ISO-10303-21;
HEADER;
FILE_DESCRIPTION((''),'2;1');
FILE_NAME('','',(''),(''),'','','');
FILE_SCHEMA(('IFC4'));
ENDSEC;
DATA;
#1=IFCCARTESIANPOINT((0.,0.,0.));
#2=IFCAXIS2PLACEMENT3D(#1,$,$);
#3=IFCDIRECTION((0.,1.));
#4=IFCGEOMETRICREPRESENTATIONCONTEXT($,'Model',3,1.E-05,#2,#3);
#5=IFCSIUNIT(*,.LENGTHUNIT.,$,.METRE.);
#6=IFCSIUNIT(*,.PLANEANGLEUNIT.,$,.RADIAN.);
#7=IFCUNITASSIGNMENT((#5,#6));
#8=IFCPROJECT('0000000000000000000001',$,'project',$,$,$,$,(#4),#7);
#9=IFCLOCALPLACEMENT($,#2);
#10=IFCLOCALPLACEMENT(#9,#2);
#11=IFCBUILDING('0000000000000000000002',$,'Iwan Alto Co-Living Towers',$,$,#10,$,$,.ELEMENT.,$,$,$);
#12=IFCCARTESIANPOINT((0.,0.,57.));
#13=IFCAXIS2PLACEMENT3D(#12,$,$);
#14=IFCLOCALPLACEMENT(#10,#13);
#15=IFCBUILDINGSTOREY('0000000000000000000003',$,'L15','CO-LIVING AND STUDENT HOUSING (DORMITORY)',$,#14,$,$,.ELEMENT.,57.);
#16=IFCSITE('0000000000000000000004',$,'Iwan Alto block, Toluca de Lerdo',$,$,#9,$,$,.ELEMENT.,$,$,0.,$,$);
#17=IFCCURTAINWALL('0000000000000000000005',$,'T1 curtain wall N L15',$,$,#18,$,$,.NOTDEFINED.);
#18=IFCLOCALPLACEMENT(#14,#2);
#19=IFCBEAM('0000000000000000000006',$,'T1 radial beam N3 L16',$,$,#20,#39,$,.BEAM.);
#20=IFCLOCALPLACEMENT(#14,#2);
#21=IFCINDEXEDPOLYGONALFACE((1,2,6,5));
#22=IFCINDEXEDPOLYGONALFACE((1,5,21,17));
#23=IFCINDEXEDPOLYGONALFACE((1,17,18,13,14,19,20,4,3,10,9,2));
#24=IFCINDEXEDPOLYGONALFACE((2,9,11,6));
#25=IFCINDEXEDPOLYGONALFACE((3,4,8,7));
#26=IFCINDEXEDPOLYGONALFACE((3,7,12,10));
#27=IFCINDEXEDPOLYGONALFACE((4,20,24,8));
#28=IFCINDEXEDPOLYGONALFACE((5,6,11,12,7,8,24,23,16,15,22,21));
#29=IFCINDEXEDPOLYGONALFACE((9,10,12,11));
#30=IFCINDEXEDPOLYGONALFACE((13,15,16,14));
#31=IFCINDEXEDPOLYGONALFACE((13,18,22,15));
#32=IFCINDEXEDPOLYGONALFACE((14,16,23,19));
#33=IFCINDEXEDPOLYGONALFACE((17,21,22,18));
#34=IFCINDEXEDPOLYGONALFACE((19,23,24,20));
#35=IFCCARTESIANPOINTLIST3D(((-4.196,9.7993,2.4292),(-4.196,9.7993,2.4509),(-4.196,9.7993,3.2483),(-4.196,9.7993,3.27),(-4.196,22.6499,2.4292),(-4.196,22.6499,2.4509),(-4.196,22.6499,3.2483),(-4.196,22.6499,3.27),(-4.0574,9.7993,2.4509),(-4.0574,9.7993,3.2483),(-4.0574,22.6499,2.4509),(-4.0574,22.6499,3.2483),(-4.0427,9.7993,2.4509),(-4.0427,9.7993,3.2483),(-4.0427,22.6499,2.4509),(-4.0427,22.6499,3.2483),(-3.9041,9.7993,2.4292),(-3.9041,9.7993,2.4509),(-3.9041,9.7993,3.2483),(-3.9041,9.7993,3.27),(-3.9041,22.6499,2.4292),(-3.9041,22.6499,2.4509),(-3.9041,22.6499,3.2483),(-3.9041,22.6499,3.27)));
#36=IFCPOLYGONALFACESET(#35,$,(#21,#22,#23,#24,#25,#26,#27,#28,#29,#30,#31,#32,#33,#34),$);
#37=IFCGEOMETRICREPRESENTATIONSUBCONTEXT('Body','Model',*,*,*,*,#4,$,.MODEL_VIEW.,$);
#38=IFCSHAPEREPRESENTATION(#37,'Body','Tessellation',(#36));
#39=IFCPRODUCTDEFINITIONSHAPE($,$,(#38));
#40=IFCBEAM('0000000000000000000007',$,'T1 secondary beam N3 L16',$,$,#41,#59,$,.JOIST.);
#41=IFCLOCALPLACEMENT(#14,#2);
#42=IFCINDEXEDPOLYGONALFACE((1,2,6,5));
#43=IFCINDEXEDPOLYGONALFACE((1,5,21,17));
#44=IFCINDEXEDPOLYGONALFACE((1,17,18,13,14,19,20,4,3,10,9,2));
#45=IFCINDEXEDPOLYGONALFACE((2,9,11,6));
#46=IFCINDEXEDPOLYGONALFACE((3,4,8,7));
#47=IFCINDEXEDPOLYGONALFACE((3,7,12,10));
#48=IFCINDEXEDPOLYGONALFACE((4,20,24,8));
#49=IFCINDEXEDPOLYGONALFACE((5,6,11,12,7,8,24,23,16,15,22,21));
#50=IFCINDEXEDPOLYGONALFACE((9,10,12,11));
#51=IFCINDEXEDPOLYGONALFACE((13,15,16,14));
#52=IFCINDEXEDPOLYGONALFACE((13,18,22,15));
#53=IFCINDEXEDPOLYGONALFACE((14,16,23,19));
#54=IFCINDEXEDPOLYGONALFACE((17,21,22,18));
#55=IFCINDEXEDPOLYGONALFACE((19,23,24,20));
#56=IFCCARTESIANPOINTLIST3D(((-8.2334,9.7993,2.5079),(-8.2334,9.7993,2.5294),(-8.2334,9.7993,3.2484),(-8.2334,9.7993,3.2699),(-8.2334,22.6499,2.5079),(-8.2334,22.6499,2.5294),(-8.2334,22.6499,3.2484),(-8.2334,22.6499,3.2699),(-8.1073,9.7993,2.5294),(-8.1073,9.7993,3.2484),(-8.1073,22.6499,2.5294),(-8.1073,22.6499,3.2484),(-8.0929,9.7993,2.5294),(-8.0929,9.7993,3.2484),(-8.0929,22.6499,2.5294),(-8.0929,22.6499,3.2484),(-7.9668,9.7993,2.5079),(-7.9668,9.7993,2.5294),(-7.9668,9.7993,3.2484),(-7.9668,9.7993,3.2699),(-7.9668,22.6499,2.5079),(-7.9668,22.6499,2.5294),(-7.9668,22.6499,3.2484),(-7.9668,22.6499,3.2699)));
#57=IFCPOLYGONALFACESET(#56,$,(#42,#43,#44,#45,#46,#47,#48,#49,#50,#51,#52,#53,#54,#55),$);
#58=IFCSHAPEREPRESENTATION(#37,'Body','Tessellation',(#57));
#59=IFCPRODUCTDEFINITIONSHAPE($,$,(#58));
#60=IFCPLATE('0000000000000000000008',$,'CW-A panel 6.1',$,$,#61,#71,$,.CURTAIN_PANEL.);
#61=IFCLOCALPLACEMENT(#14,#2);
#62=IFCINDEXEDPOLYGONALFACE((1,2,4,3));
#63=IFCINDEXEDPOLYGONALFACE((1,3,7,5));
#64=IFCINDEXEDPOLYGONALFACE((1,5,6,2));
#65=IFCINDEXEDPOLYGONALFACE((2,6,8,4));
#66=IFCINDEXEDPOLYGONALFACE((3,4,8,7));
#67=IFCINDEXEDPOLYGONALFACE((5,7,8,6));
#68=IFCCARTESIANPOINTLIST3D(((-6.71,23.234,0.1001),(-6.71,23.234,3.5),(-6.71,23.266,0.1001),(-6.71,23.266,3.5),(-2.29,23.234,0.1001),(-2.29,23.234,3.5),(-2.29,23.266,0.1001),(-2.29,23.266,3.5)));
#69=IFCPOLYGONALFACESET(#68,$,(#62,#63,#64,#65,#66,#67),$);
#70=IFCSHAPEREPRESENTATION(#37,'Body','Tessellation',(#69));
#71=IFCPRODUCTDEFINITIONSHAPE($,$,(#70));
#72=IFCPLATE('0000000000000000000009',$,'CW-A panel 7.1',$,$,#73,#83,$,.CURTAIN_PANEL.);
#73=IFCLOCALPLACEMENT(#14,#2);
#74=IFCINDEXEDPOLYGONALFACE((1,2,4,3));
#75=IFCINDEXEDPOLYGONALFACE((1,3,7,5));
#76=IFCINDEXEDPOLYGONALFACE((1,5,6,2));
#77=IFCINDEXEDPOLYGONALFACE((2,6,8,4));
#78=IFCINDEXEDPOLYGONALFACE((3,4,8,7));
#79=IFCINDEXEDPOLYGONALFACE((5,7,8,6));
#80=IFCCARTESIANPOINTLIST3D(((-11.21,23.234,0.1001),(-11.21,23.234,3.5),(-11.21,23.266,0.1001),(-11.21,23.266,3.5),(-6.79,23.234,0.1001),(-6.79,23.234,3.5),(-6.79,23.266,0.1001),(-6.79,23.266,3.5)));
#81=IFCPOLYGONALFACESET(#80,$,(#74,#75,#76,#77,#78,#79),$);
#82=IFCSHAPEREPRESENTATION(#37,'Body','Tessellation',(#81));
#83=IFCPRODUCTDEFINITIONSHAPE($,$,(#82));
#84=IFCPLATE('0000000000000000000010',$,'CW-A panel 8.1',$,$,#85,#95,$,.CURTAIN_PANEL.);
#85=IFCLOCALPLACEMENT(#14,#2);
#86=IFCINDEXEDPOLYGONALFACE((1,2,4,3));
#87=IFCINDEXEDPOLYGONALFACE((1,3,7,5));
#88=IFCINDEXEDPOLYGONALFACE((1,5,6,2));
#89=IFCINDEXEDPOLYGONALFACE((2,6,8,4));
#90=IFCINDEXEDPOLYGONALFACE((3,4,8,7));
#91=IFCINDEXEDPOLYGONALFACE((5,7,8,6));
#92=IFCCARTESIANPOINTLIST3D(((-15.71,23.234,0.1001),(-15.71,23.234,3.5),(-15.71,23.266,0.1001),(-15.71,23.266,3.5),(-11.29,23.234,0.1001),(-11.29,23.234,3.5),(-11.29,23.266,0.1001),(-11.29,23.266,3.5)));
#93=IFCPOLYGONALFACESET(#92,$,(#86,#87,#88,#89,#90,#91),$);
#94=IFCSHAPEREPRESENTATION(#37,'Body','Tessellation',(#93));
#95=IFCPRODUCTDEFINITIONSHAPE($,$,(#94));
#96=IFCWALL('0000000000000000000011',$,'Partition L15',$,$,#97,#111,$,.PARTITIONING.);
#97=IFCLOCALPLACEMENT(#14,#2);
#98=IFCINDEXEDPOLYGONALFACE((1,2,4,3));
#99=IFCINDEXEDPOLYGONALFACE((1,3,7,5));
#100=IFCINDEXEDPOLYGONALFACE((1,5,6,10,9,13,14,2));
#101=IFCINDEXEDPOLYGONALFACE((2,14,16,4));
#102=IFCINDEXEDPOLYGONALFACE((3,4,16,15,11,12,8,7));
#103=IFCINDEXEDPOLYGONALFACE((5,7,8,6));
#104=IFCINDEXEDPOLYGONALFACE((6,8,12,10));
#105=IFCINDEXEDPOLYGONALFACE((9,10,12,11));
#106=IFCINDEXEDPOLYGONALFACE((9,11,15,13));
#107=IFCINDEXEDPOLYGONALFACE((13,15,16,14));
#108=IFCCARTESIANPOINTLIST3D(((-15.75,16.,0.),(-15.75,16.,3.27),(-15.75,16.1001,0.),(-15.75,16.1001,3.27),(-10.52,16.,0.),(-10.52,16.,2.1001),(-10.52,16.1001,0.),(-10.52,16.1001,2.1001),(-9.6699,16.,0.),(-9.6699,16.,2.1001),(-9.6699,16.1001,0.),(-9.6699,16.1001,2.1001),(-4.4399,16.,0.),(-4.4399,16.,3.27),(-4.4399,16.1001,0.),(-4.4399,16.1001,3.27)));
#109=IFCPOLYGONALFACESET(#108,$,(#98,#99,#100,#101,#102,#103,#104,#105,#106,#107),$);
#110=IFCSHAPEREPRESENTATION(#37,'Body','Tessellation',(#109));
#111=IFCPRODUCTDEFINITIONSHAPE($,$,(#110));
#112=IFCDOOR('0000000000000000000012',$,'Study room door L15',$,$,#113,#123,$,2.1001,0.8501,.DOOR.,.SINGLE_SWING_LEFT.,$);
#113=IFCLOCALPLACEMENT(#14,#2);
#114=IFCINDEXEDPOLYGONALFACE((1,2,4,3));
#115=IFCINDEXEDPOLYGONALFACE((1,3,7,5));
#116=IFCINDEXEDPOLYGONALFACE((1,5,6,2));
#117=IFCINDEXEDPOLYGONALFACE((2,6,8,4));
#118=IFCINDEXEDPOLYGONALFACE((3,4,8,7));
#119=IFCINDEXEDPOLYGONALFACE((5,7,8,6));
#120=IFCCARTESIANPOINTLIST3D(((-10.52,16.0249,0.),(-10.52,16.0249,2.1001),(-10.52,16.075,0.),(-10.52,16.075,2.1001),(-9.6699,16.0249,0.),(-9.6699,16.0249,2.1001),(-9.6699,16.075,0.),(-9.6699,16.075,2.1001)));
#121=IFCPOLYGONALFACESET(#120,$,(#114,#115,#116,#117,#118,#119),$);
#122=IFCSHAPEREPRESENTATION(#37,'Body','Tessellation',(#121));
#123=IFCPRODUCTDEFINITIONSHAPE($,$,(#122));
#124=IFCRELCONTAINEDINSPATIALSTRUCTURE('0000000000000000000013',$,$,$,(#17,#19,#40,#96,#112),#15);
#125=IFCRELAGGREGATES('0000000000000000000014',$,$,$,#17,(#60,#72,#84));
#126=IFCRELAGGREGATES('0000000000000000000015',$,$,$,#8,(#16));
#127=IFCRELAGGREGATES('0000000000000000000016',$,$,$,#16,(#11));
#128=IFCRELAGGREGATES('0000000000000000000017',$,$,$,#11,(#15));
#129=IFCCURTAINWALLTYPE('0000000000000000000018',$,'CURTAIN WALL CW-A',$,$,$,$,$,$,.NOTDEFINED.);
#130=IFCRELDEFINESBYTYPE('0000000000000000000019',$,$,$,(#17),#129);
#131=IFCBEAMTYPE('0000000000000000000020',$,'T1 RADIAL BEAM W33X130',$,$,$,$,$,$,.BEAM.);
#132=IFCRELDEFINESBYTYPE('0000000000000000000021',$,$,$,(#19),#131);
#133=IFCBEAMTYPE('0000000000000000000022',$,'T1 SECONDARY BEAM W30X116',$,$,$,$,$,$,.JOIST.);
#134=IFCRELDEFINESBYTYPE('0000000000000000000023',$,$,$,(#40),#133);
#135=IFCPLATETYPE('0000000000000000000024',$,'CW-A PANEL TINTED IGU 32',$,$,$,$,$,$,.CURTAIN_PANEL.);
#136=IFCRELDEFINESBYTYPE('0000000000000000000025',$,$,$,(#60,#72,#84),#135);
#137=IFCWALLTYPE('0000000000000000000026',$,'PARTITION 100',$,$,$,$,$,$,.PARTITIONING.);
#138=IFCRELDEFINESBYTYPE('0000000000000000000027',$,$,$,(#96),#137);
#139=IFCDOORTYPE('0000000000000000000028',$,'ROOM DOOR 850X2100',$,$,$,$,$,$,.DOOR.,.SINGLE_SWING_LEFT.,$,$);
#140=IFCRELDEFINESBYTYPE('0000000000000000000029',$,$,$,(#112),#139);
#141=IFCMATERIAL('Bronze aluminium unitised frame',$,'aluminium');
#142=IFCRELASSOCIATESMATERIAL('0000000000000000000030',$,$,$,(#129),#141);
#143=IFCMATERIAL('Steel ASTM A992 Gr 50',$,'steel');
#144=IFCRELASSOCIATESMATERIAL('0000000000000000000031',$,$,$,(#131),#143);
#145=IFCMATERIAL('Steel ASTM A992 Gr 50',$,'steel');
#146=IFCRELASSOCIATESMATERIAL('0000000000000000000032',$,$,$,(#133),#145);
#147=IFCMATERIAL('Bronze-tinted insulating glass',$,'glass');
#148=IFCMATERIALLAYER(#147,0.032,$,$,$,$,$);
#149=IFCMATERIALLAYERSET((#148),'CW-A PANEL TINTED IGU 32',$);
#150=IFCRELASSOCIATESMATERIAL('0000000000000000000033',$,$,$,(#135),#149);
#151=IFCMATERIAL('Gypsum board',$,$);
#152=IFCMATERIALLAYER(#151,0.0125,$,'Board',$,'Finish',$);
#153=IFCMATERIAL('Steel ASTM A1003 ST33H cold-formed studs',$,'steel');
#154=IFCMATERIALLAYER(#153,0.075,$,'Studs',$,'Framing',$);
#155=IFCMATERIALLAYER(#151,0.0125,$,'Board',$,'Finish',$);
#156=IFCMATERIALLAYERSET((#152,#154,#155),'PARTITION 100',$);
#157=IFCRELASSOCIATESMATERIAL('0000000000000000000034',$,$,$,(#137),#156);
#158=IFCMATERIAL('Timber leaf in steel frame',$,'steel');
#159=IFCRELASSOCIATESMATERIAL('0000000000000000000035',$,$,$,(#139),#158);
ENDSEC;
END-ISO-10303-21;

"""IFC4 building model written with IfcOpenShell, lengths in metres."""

from ifc_helpers import new_model, si_unit, direction, frame, frame_2d, origin, origin_2d, place, context, subcontext, project, spatial, rectangle, i_section, extrude, material, layer, layer_set, material_profile, profile_set, type_object, element, fill, aggregate, save


model = new_model("IFC4")

# Units and contexts
model_context = context("Model", 3, precision=1e-05, world=origin(), true_north=direction((0.0, 1.0)))
body_context = subcontext(model_context, "Body", "Model", "MODEL_VIEW")
ifc_project = project(units=[si_unit("LENGTHUNIT", "METRE"), si_unit("PLANEANGLEUNIT", "RADIAN")], contexts=[model_context])

# Site, building, storey
site_placement = place(None, origin())
site = spatial("IfcSite", under=ifc_project, at=site_placement, Name="Iwan Alto block, Toluca de Lerdo", CompositionType="ELEMENT", RefElevation=0.0)
building_placement = place(site_placement, origin())
building = spatial("IfcBuilding", under=site, at=building_placement, Name="Iwan Alto Co-Living Towers", CompositionType="ELEMENT")
storey_placement = place(building_placement, frame((0.0, 0.0, 57.0)))
storey = spatial("IfcBuildingStorey", under=building, at=storey_placement, Name="L15", Description="CO-LIVING AND STUDENT HOUSING (DORMITORY)", CompositionType="ELEMENT", Elevation=57.0)

# Curtain wall
ifc_material_1 = material(Name="Bronze aluminium unitised frame", Category="aluminium")
curtain_wall_type = type_object("IfcCurtainWallType", Name="CURTAIN WALL CW-A", PredefinedType="NOTDEFINED", material=ifc_material_1)
curtain_wall_placement = place(storey_placement, origin())
curtain_wall = element("IfcCurtainWall", 1, at=curtain_wall_placement, inside=storey, type_object=curtain_wall_type, Name="T1 curtain wall N L15", PredefinedType="NOTDEFINED")

# Beams
ifc_material_2 = material(Name="Steel ASTM A992 Gr 50", Category="steel")
ifc_material_profile_1 = material_profile(ifc_material_2, i_section(OverallWidth=0.292, OverallDepth=0.8408, WebThickness=0.0146, FlangeThickness=0.0217, at=origin_2d()), Name="W33X130")
ifc_profile_set_1 = profile_set([ifc_material_profile_1], Name="Steel ASTM A992 Gr 50")
beam_type_1 = type_object("IfcBeamType", Name="T1 RADIAL BEAM W33X130", PredefinedType="BEAM", material=ifc_profile_set_1)
beam_1_placement = place(storey_placement, frame((-4.05, 22.6499, 2.8496), z_axis=(0.0, -1.0, 0.0), x_axis=(1.0, 0.0, 0.0)))
element("IfcBeam", 2, at=beam_1_placement, inside=storey, type_object=beam_type_1, Name="T1 radial beam N3 L16", PredefinedType="BEAM", context=body_context, shape_type="SweptSolid", body=[
    extrude(i_section(OverallWidth=0.292, OverallDepth=0.8408, WebThickness=0.0146, FlangeThickness=0.0217, at=origin_2d()), origin(), (0.0, 0.0, 1.0), 12.8506),
])
ifc_material_3 = material(Name="Steel ASTM A992 Gr 50", Category="steel")
ifc_material_profile_2 = material_profile(ifc_material_3, i_section(OverallWidth=0.2666, OverallDepth=0.762, WebThickness=0.0144, FlangeThickness=0.0215, at=origin_2d()), Name="W30X116")
ifc_profile_set_2 = profile_set([ifc_material_profile_2], Name="Steel ASTM A992 Gr 50")
beam_type_2 = type_object("IfcBeamType", Name="T1 SECONDARY BEAM W30X116", PredefinedType="JOIST", material=ifc_profile_set_2)
beam_2_placement = place(storey_placement, frame((-8.1001, 22.6499, 2.8889), z_axis=(0.0, -1.0, 0.0), x_axis=(1.0, 0.0, 0.0)))
element("IfcBeam", 3, at=beam_2_placement, inside=storey, type_object=beam_type_2, Name="T1 secondary beam N3 L16", PredefinedType="JOIST", context=body_context, shape_type="SweptSolid", body=[
    extrude(i_section(OverallWidth=0.2666, OverallDepth=0.762, WebThickness=0.0144, FlangeThickness=0.0215, at=origin_2d()), origin(), (0.0, 0.0, 1.0), 12.8506),
])

# Plates
ifc_material_4 = material(Name="Bronze-tinted insulating glass", Category="glass")
ifc_layer_1 = layer(ifc_material_4, 0.032)
ifc_layer_set_1 = layer_set([ifc_layer_1], Name="CW-A PANEL TINTED IGU 32")
plate_type = type_object("IfcPlateType", Name="CW-A PANEL TINTED IGU 32", PredefinedType="CURTAIN_PANEL", material=ifc_layer_set_1)
plate_1_placement = place(storey_placement, frame((-4.5, 23.25, 0.1001), z_axis=(0.0, 0.0, 1.0), x_axis=(-1.0, 0.0, 0.0)))
plate_1 = element("IfcPlate", 4, at=plate_1_placement, type_object=plate_type, Name="CW-A panel 6.1", PredefinedType="CURTAIN_PANEL", context=body_context, shape_type="SweptSolid", body=[
    extrude(rectangle(XDim=4.4199, YDim=0.032, at=origin_2d()), origin(), (0.0, 0.0, 1.0), 3.3999),
])
plate_2_placement = place(storey_placement, frame((-9.0, 23.25, 0.1001), z_axis=(0.0, 0.0, 1.0), x_axis=(-1.0, 0.0, 0.0)))
plate_2 = element("IfcPlate", 5, at=plate_2_placement, type_object=plate_type, Name="CW-A panel 7.1", PredefinedType="CURTAIN_PANEL", context=body_context, shape_type="SweptSolid", body=[
    extrude(rectangle(XDim=4.4199, YDim=0.032, at=origin_2d()), origin(), (0.0, 0.0, 1.0), 3.3999),
])
plate_3_placement = place(storey_placement, frame((-13.5, 23.25, 0.1001), z_axis=(0.0, 0.0, 1.0), x_axis=(-1.0, 0.0, 0.0)))
plate_3 = element("IfcPlate", 6, at=plate_3_placement, type_object=plate_type, Name="CW-A panel 8.1", PredefinedType="CURTAIN_PANEL", context=body_context, shape_type="SweptSolid", body=[
    extrude(rectangle(XDim=4.4199, YDim=0.032, at=origin_2d()), origin(), (0.0, 0.0, 1.0), 3.3999),
])
aggregate(curtain_wall, [plate_1, plate_2, plate_3])

# Wall, opening, door
ifc_material_5 = material(Name="Gypsum board")
ifc_layer_2 = layer(ifc_material_5, 0.0125, Name="Board", Category="Finish")
ifc_material_6 = material(Name="Steel ASTM A1003 ST33H cold-formed studs", Category="steel")
ifc_layer_3 = layer(ifc_material_6, 0.075, Name="Studs", Category="Framing")
ifc_layer_4 = layer(ifc_material_5, 0.0125, Name="Board", Category="Finish")
ifc_layer_set_2 = layer_set([ifc_layer_2, ifc_layer_3, ifc_layer_4], Name="PARTITION 100")
wall_type = type_object("IfcWallType", Name="PARTITION 100", PredefinedType="PARTITIONING", material=ifc_layer_set_2)
wall_1_placement = place(storey_placement, frame((-15.75, 16.05, 0.0), z_axis=(0.0, 0.0, 1.0), x_axis=(1.0, 0.0, 0.0)))
wall_1 = element("IfcWall", 7, at=wall_1_placement, inside=storey, type_object=wall_type, Name="Partition L15", PredefinedType="PARTITIONING", context=body_context, shape_type="SweptSolid", body=[
    extrude(rectangle(XDim=11.3101, YDim=0.1001, at=frame_2d((5.655, 0.0))), origin(), (0.0, 0.0, 1.0), 3.27),
])
opening_1_placement = place(wall_1_placement, frame((5.23, 0.0, 0.0)))
opening_1 = element("IfcOpeningElement", 8, at=opening_1_placement, cuts=wall_1, PredefinedType="OPENING", context=body_context, shape_type="SweptSolid", body=[
    extrude(rectangle(XDim=0.8501, YDim=2.1001, at=frame_2d((0.425, 1.05))), frame((0.0, 0.0601, 0.0), z_axis=(0.0, -1.0, 0.0), x_axis=(1.0, 0.0, 0.0)), (0.0, 0.0, 1.0), 0.1201),
])
ifc_material_7 = material(Name="Timber leaf in steel frame", Category="steel")
door_type_1 = type_object("IfcDoorType", Name="ROOM DOOR 850X2100", OperationType="SINGLE_SWING_LEFT", PredefinedType="DOOR", material=ifc_material_7)
door_1_placement = place(opening_1_placement, origin())
door_1 = element("IfcDoor", 9, at=door_1_placement, inside=storey, type_object=door_type_1, Name="Study room door L15", OperationType="SINGLE_SWING_LEFT", OverallHeight=2.1001, OverallWidth=0.8501, PredefinedType="DOOR", context=body_context, shape_type="SweptSolid", body=[
    extrude(rectangle(XDim=0.8501, YDim=2.1001, at=frame_2d((0.425, 1.05))), frame((0.0, 0.0249, 0.0), z_axis=(0.0, -1.0, 0.0), x_axis=(1.0, 0.0, 0.0)), (0.0, 0.0, 1.0), 0.05),
])
fill(opening_1, door_1)

save(model, "model.ifc")
